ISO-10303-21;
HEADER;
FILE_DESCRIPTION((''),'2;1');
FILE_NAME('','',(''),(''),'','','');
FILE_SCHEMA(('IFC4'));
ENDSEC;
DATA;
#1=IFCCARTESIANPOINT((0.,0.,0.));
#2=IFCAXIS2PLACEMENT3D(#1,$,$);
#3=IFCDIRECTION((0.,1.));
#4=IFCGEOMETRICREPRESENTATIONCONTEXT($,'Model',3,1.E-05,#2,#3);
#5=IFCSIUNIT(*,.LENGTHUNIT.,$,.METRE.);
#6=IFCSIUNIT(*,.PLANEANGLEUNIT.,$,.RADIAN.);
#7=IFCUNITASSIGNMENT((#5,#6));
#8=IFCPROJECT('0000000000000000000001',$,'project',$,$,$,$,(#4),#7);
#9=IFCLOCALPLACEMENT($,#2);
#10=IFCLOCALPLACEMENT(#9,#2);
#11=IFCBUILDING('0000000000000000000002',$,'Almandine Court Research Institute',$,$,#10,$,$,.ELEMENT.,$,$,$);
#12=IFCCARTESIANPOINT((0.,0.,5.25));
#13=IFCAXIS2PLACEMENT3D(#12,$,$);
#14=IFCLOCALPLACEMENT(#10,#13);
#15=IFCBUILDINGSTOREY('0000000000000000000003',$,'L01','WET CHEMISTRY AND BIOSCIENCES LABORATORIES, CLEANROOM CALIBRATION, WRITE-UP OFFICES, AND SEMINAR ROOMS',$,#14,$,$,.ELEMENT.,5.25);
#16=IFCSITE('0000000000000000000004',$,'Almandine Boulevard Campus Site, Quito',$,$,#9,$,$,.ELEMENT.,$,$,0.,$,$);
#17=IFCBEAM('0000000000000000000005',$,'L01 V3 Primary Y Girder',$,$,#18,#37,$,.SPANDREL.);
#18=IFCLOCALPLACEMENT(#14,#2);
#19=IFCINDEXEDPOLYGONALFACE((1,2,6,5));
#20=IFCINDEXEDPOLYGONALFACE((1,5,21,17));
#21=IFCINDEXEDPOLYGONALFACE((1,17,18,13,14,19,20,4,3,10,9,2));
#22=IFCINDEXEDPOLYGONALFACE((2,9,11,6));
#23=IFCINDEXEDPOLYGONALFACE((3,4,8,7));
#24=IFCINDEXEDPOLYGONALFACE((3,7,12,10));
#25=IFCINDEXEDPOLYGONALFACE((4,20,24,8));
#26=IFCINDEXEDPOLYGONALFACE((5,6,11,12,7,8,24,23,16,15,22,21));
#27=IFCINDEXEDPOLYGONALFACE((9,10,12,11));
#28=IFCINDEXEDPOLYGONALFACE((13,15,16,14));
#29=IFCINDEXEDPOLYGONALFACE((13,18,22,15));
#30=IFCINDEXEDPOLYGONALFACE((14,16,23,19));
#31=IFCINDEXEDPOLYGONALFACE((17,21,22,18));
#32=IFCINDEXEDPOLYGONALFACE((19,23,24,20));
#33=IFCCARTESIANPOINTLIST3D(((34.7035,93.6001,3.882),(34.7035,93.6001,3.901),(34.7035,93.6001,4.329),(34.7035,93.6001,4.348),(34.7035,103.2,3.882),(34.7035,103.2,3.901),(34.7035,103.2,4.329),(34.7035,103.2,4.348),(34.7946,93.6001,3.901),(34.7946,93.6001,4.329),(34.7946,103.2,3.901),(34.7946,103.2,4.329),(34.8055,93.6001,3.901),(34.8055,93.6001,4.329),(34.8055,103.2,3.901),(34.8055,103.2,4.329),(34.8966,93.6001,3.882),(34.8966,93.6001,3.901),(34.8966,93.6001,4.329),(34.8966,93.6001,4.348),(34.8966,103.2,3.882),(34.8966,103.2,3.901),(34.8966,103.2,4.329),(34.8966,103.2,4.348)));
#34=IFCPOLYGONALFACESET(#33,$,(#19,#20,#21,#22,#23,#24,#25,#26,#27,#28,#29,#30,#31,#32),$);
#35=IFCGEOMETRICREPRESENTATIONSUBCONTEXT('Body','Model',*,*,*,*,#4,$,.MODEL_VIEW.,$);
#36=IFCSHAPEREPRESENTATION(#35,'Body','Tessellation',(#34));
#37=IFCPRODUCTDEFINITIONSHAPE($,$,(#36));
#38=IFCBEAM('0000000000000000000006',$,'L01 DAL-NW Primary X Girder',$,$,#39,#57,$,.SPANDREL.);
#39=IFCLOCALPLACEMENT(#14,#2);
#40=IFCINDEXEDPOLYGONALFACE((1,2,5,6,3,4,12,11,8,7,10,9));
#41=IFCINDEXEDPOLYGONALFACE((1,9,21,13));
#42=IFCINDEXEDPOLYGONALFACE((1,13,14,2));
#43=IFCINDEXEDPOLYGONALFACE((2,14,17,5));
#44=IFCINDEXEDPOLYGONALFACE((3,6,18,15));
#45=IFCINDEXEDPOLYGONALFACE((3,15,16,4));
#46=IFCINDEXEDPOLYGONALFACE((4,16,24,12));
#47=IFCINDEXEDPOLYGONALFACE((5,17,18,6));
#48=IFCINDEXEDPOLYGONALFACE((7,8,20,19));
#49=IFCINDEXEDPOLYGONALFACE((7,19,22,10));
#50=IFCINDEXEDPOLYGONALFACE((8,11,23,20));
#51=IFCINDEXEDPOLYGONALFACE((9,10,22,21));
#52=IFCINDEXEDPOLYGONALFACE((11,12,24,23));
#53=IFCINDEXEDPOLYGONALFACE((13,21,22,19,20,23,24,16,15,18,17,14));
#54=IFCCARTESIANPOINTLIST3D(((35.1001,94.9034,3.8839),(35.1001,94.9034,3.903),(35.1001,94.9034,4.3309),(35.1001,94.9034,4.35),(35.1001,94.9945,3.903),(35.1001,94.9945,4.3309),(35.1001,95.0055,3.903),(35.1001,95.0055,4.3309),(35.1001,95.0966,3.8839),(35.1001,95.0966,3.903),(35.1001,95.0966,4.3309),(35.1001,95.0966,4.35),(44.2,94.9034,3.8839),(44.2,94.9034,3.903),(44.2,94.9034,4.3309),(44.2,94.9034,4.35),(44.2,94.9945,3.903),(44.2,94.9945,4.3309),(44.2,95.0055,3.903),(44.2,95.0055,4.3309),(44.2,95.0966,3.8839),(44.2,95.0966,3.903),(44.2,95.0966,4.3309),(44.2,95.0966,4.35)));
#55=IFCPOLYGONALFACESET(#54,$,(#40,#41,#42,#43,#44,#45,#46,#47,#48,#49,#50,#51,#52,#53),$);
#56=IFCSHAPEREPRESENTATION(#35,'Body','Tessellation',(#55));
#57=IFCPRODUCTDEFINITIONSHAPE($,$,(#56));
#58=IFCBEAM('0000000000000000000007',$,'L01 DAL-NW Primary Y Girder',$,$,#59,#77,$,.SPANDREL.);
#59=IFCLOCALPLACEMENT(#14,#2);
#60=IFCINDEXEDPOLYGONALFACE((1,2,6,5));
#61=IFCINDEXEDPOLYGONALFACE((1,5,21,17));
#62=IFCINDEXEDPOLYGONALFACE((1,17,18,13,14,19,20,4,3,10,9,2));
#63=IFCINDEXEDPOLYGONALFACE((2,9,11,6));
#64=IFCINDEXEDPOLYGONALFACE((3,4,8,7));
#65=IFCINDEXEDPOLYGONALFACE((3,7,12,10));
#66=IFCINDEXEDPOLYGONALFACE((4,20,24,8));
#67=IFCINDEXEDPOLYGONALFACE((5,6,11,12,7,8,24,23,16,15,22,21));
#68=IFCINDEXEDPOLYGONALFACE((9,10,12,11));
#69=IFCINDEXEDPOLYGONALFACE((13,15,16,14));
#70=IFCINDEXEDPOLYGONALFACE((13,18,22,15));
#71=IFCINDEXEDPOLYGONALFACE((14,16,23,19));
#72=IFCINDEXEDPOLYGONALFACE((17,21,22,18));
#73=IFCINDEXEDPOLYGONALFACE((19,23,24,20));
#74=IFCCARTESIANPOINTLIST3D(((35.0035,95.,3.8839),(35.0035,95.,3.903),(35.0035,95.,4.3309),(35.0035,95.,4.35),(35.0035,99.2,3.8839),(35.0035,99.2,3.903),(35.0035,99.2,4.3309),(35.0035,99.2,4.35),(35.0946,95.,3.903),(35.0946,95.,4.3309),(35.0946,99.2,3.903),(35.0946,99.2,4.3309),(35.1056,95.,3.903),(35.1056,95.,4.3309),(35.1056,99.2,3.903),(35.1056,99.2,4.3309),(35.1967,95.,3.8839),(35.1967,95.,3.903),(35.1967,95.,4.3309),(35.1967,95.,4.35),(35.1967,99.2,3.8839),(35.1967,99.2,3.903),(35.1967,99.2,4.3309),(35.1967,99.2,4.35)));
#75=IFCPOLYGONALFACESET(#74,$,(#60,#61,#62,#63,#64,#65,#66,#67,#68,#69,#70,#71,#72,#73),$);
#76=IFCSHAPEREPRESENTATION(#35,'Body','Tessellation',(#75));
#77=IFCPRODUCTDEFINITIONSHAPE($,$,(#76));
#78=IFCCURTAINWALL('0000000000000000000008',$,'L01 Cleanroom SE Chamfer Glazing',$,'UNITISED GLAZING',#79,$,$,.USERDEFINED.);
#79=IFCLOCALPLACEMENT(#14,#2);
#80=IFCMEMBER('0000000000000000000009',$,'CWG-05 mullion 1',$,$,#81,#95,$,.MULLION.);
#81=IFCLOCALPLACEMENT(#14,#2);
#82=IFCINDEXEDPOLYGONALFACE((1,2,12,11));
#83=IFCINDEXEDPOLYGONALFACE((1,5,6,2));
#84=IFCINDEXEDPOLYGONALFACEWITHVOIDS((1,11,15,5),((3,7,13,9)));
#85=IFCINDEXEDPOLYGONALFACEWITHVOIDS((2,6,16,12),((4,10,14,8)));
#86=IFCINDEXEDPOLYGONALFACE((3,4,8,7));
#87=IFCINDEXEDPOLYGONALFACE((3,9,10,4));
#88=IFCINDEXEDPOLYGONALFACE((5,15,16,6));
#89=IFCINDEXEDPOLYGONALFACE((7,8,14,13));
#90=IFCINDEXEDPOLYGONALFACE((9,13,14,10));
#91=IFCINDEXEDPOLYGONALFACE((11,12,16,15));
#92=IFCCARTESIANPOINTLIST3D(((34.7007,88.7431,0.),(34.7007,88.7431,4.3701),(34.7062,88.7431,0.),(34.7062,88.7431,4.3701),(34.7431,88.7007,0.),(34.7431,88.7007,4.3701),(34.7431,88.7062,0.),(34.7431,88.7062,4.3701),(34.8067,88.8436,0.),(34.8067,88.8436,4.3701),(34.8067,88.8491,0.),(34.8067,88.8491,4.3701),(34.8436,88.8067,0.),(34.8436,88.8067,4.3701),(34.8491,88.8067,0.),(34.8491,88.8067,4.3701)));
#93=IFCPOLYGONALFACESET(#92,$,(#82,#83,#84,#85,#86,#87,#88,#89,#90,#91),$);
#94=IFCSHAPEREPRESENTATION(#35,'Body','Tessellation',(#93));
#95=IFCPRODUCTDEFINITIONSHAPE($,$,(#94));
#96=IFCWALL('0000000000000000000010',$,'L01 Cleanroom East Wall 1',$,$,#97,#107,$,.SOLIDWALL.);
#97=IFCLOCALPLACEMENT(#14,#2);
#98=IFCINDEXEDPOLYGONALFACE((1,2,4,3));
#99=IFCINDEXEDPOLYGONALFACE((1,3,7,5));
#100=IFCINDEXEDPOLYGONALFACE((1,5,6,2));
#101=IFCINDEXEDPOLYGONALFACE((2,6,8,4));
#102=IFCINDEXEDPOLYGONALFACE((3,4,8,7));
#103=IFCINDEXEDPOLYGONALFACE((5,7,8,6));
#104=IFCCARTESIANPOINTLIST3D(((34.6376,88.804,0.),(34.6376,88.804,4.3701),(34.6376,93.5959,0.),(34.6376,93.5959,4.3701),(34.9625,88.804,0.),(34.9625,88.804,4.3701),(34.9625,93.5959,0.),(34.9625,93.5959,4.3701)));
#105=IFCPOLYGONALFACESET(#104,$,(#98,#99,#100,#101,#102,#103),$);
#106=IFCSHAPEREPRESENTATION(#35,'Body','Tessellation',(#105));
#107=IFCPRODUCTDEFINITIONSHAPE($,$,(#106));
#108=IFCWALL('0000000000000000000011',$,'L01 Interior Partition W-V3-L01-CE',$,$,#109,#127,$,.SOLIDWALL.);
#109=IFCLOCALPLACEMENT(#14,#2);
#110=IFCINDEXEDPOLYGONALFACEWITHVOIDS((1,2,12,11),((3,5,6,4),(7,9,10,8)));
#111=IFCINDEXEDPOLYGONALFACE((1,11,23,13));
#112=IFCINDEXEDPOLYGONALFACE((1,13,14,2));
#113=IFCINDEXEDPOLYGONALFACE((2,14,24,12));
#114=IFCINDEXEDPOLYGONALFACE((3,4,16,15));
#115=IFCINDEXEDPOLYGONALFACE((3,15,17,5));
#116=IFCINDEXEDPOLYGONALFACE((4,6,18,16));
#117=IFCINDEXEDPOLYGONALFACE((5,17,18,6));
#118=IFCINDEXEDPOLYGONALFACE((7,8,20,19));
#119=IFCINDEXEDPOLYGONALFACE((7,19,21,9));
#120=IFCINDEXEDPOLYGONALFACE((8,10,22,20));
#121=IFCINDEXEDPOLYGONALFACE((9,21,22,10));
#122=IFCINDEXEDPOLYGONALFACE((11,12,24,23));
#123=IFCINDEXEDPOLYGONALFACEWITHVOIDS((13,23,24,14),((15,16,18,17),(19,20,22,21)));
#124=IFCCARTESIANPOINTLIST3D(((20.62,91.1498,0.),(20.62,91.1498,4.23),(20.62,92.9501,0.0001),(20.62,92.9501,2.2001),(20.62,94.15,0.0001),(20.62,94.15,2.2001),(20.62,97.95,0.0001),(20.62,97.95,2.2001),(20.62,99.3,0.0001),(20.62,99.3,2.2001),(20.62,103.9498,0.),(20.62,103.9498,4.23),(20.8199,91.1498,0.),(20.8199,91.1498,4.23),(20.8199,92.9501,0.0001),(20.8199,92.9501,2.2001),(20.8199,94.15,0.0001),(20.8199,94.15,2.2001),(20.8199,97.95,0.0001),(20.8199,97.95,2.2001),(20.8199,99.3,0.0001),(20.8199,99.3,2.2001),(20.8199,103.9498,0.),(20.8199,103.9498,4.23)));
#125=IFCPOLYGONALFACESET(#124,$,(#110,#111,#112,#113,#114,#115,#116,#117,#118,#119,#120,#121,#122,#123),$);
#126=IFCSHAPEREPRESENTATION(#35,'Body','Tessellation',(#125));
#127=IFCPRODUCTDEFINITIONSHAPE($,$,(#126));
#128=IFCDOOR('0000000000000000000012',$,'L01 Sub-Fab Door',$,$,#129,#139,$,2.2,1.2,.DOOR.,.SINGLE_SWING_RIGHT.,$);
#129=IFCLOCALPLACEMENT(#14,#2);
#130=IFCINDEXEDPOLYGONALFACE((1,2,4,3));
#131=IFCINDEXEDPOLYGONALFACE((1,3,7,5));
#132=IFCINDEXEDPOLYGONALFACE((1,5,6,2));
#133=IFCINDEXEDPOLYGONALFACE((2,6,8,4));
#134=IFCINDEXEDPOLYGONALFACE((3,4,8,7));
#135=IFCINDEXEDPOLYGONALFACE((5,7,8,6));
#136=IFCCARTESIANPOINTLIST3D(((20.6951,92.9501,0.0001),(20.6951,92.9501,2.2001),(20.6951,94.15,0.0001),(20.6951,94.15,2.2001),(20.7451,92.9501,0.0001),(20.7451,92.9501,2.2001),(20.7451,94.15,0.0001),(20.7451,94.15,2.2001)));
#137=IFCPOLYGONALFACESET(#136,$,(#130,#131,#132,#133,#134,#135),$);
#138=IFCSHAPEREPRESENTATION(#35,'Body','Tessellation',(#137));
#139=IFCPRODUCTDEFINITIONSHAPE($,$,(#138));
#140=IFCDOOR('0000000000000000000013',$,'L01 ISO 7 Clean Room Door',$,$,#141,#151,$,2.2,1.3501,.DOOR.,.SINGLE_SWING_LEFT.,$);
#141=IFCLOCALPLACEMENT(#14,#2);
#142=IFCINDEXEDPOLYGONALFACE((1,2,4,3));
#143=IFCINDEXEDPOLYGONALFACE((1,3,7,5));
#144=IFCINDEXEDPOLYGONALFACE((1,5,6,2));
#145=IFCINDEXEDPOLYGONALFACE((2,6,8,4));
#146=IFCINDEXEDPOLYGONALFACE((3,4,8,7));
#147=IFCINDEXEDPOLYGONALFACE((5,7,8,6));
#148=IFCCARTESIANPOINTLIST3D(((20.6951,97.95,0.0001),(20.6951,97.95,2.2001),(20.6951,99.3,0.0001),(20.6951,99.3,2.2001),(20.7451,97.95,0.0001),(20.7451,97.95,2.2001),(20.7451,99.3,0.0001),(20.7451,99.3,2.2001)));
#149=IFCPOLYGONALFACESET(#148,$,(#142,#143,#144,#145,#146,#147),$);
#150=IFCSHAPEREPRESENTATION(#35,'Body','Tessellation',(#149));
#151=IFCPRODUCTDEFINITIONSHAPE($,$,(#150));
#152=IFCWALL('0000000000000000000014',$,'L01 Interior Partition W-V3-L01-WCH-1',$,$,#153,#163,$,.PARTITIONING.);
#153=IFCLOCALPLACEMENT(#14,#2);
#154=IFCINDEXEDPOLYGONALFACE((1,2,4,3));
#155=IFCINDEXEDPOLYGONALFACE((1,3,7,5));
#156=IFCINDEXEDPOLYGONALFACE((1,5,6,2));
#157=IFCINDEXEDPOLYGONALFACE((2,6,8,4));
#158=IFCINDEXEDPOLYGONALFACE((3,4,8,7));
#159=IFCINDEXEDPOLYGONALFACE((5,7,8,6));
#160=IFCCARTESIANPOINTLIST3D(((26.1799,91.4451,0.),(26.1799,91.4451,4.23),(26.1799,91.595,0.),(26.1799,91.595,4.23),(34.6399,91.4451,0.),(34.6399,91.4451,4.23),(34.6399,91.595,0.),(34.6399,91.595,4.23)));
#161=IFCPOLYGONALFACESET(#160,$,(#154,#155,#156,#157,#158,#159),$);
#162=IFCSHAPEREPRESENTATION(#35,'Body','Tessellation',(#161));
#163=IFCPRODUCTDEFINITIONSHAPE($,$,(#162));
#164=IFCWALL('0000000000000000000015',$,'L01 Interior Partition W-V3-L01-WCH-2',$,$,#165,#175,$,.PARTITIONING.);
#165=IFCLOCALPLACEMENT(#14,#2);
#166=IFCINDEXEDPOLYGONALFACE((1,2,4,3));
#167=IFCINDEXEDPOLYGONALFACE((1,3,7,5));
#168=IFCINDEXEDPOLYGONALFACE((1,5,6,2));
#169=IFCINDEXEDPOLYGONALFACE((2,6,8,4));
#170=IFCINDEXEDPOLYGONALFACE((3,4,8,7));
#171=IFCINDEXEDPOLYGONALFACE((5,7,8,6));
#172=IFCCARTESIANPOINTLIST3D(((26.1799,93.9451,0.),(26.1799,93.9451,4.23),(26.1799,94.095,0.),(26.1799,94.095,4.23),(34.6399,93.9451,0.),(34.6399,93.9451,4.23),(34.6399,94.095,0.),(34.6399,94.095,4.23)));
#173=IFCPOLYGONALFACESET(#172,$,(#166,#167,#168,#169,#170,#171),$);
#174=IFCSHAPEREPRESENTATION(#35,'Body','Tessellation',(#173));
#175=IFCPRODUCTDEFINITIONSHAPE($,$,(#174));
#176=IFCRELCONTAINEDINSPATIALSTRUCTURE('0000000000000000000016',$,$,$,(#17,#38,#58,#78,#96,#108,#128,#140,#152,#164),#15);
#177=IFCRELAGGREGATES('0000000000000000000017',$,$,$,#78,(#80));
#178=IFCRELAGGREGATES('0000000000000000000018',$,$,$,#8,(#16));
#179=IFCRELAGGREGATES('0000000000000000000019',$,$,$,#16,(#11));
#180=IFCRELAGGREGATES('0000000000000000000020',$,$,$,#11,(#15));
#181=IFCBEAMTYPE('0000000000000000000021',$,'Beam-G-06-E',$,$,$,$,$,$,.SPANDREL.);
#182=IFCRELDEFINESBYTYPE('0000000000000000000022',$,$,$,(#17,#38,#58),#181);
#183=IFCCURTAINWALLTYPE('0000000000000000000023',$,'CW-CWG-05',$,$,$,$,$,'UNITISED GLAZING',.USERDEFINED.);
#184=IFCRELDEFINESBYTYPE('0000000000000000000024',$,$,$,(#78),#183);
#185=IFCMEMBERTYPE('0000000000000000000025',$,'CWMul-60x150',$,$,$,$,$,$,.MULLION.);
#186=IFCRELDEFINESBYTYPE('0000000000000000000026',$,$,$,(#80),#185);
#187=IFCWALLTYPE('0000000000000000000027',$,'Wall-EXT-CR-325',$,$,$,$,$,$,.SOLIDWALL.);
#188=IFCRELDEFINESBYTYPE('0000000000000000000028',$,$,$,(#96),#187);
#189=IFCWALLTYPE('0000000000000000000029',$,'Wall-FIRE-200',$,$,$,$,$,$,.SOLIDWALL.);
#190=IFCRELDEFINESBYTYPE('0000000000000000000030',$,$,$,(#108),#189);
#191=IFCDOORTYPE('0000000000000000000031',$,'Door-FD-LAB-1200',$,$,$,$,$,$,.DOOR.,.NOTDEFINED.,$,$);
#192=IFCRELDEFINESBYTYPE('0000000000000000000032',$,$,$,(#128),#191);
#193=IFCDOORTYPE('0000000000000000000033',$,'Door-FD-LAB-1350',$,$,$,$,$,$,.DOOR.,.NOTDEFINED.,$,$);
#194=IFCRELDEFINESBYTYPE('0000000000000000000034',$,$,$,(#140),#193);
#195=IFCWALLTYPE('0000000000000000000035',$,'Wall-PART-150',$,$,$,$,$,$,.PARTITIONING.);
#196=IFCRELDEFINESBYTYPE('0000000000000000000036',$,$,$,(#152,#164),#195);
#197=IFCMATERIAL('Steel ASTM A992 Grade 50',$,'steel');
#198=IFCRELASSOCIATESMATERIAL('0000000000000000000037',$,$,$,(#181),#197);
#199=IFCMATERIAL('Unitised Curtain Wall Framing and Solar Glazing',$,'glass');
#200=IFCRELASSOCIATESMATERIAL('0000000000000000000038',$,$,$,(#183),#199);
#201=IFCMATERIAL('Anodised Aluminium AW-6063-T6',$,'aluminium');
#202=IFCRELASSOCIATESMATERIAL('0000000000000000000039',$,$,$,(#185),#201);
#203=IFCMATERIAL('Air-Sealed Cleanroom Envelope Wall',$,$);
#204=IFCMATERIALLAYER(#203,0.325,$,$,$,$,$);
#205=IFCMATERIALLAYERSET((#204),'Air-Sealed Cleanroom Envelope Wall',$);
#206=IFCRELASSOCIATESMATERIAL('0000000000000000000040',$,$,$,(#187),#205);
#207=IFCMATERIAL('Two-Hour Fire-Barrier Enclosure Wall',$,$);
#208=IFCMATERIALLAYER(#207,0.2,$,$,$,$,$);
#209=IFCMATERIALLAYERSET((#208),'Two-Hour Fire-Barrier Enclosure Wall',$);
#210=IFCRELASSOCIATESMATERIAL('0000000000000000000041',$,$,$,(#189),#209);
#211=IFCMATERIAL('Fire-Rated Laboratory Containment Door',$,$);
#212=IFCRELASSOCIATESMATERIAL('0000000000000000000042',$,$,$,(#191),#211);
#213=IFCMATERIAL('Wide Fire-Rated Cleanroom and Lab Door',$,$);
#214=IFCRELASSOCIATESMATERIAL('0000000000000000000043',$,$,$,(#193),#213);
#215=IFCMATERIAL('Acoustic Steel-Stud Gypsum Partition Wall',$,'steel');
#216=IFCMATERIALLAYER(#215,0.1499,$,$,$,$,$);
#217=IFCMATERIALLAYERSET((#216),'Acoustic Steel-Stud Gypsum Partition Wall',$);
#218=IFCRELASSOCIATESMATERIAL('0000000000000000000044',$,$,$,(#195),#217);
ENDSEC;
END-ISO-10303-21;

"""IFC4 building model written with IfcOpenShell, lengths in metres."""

from ifc_helpers import new_model, si_unit, direction, frame, frame_2d, origin, origin_2d, place, context, subcontext, project, spatial, rectangle, hollow_rectangle, i_section, extrude, material, layer, layer_set, material_profile, profile_set, type_object, element, fill, aggregate, save


model = new_model("IFC4")

# Units and contexts
model_context = context("Model", 3, precision=1e-05, world=origin(), true_north=direction((0.0, 1.0)))
body_context = subcontext(model_context, "Body", "Model", "MODEL_VIEW")
ifc_project = project(units=[si_unit("LENGTHUNIT", "METRE"), si_unit("PLANEANGLEUNIT", "RADIAN")], contexts=[model_context])

# Site, building, storey
site_placement = place(None, origin())
site = spatial("IfcSite", under=ifc_project, at=site_placement, Name="Almandine Boulevard Campus Site, Quito", CompositionType="ELEMENT", RefElevation=0.0)
building_placement = place(site_placement, origin())
building = spatial("IfcBuilding", under=site, at=building_placement, Name="Almandine Court Research Institute", CompositionType="ELEMENT")
storey_placement = place(building_placement, frame((0.0, 0.0, 5.25)))
storey = spatial("IfcBuildingStorey", under=building, at=storey_placement, Name="L01", Description="WET CHEMISTRY AND BIOSCIENCES LABORATORIES, CLEANROOM CALIBRATION, WRITE-UP OFFICES, AND SEMINAR ROOMS", CompositionType="ELEMENT", Elevation=5.25)

# Shared definitions
ifc_material_1 = material(Name="Steel ASTM A992 Grade 50", Category="steel")

# Beams
ifc_material_profile_1 = material_profile(ifc_material_1, i_section(OverallWidth=0.1931, OverallDepth=0.4661, WebThickness=0.011, FlangeThickness=0.019, at=origin_2d()), Name="W460x97")
ifc_profile_set_1 = profile_set([ifc_material_profile_1], Name="Steel ASTM A992 Grade 50")
beam_type_1 = type_object("IfcBeamType", Name="Beam-G-06-E", PredefinedType="SPANDREL", material=ifc_profile_set_1)
beam_1_placement = place(storey_placement, frame((34.8, 93.6001, 4.115), z_axis=(0.0, 1.0, 0.0), x_axis=(-1.0, 0.0, 0.0)))
element("IfcBeam", 1, at=beam_1_placement, inside=storey, type_object=beam_type_1, Name="L01 V3 Primary Y Girder", PredefinedType="SPANDREL", context=body_context, shape_type="SweptSolid", body=[
    extrude(i_section(OverallWidth=0.1931, OverallDepth=0.4661, WebThickness=0.011, FlangeThickness=0.019, at=origin_2d()), origin(), (0.0, 0.0, 1.0), 9.5999),
])
beam_2_placement = place(storey_placement, frame((35.1001, 95.0, 4.1169), z_axis=(1.0, 0.0, 0.0), x_axis=(0.0, 1.0, 0.0)))
element("IfcBeam", 2, at=beam_2_placement, inside=storey, type_object=beam_type_1, Name="L01 DAL-NW Primary X Girder", PredefinedType="SPANDREL", context=body_context, shape_type="SweptSolid", body=[
    extrude(i_section(OverallWidth=0.1931, OverallDepth=0.4661, WebThickness=0.011, FlangeThickness=0.019, at=origin_2d()), origin(), (0.0, 0.0, 1.0), 9.0999),
])
beam_3_placement = place(storey_placement, frame((35.1001, 95.0, 4.1169), z_axis=(0.0, 1.0, 0.0), x_axis=(-1.0, 0.0, 0.0)))
element("IfcBeam", 3, at=beam_3_placement, inside=storey, type_object=beam_type_1, Name="L01 DAL-NW Primary Y Girder", PredefinedType="SPANDREL", context=body_context, shape_type="SweptSolid", body=[
    extrude(i_section(OverallWidth=0.1931, OverallDepth=0.4661, WebThickness=0.011, FlangeThickness=0.019, at=origin_2d()), origin(), (0.0, 0.0, 1.0), 4.2),
])

# Curtain wall, member
ifc_material_2 = material(Name="Unitised Curtain Wall Framing and Solar Glazing", Category="glass")
curtain_wall_type = type_object("IfcCurtainWallType", Name="CW-CWG-05", ElementType="UNITISED GLAZING", PredefinedType="USERDEFINED", material=ifc_material_2)
curtain_wall_placement = place(storey_placement, origin())
curtain_wall = element("IfcCurtainWall", 4, at=curtain_wall_placement, inside=storey, type_object=curtain_wall_type, Name="L01 Cleanroom SE Chamfer Glazing", ObjectType="UNITISED GLAZING", PredefinedType="USERDEFINED")
ifc_material_3 = material(Name="Anodised Aluminium AW-6063-T6", Category="aluminium")
ifc_material_profile_2 = material_profile(ifc_material_3, hollow_rectangle(XDim=0.0601, YDim=0.1499, WallThickness=0.0039, at=origin_2d()), Name="ALU RHS 60x150x4")
ifc_profile_set_2 = profile_set([ifc_material_profile_2], Name="Anodised Aluminium AW-6063-T6")
member_type = type_object("IfcMemberType", Name="CWMul-60x150", PredefinedType="MULLION", material=ifc_profile_set_2)
member_placement = place(storey_placement, frame((34.7749, 88.7749, 0.0), z_axis=(0.0, 0.0, 1.0), x_axis=(0.707107, -0.707107, 0.0)))
member = element("IfcMember", 5, at=member_placement, type_object=member_type, Name="CWG-05 mullion 1", PredefinedType="MULLION", context=body_context, shape_type="SweptSolid", body=[
    extrude(hollow_rectangle(XDim=0.0601, YDim=0.1499, WallThickness=0.0039, at=origin_2d()), origin(), (0.0, 0.0, 1.0), 4.3701),
])
aggregate(curtain_wall, [member])

# Wall
ifc_material_4 = material(Name="Air-Sealed Cleanroom Envelope Wall")
ifc_layer_1 = layer(ifc_material_4, 0.325)
ifc_layer_set_1 = layer_set([ifc_layer_1], Name="Air-Sealed Cleanroom Envelope Wall")
wall_type_1 = type_object("IfcWallType", Name="Wall-EXT-CR-325", PredefinedType="SOLIDWALL", material=ifc_layer_set_1)
wall_1_placement = place(storey_placement, frame((34.8, 93.5959, 0.0), z_axis=(0.0, 0.0, 1.0), x_axis=(0.0, -1.0, 0.0)))
element("IfcWall", 6, at=wall_1_placement, inside=storey, type_object=wall_type_1, Name="L01 Cleanroom East Wall 1", PredefinedType="SOLIDWALL", context=body_context, shape_type="SweptSolid", body=[
    extrude(rectangle(XDim=4.792, YDim=0.325, at=frame_2d((2.396, 0.0))), origin(), (0.0, 0.0, 1.0), 4.3701),
])

# Wall, openings, doors
ifc_material_5 = material(Name="Two-Hour Fire-Barrier Enclosure Wall")
ifc_layer_2 = layer(ifc_material_5, 0.2)
ifc_layer_set_2 = layer_set([ifc_layer_2], Name="Two-Hour Fire-Barrier Enclosure Wall")
wall_type_2 = type_object("IfcWallType", Name="Wall-FIRE-200", PredefinedType="SOLIDWALL", material=ifc_layer_set_2)
wall_2_placement = place(storey_placement, frame((20.72, 91.1499, 0.0), z_axis=(0.0, 0.0, 1.0), x_axis=(0.0, 1.0, 0.0)))
wall_2 = element("IfcWall", 7, at=wall_2_placement, inside=storey, type_object=wall_type_2, Name="L01 Interior Partition W-V3-L01-CE", PredefinedType="SOLIDWALL", context=body_context, shape_type="SweptSolid", body=[
    extrude(rectangle(XDim=12.8, YDim=0.2, at=frame_2d((6.3999, 0.0))), origin(), (0.0, 0.0, 1.0), 4.23),
])
opening_1_placement = place(wall_2_placement, frame((1.8, 0.0, 0.0)))
opening_1 = element("IfcOpeningElement", 8, at=opening_1_placement, cuts=wall_2, PredefinedType="OPENING", context=body_context, shape_type="SweptSolid", body=[
    extrude(rectangle(XDim=1.2, YDim=2.2, at=frame_2d((0.6001, 1.1001))), frame((0.0, 0.1099, 0.0), z_axis=(0.0, -1.0, 0.0), x_axis=(1.0, 0.0, 0.0)), (0.0, 0.0, 1.0), 0.22),
])
opening_2_placement = place(wall_2_placement, frame((6.8, 0.0, 0.0)))
opening_2 = element("IfcOpeningElement", 9, at=opening_2_placement, cuts=wall_2, PredefinedType="OPENING", context=body_context, shape_type="SweptSolid", body=[
    extrude(rectangle(XDim=1.3501, YDim=2.2, at=frame_2d((0.675, 1.1001))), frame((0.0, 0.1099, 0.0), z_axis=(0.0, -1.0, 0.0), x_axis=(1.0, 0.0, 0.0)), (0.0, 0.0, 1.0), 0.22),
])
ifc_material_6 = material(Name="Fire-Rated Laboratory Containment Door")
door_type_1 = type_object("IfcDoorType", Name="Door-FD-LAB-1200", OperationType="NOTDEFINED", PredefinedType="DOOR", material=ifc_material_6)
door_1_placement = place(opening_1_placement, origin())
door_1 = element("IfcDoor", 10, at=door_1_placement, inside=storey, type_object=door_type_1, Name="L01 Sub-Fab Door", OperationType="SINGLE_SWING_RIGHT", OverallHeight=2.2, OverallWidth=1.2, PredefinedType="DOOR", context=body_context, shape_type="SweptSolid", body=[
    extrude(rectangle(XDim=1.2, YDim=2.2, at=frame_2d((0.6001, 1.1001))), frame((0.0, 0.0249, 0.0), z_axis=(0.0, -1.0, 0.0), x_axis=(1.0, 0.0, 0.0)), (0.0, 0.0, 1.0), 0.05),
])
fill(opening_1, door_1)
ifc_material_7 = material(Name="Wide Fire-Rated Cleanroom and Lab Door")
door_type_2 = type_object("IfcDoorType", Name="Door-FD-LAB-1350", OperationType="NOTDEFINED", PredefinedType="DOOR", material=ifc_material_7)
door_2_placement = place(opening_2_placement, origin())
door_2 = element("IfcDoor", 11, at=door_2_placement, inside=storey, type_object=door_type_2, Name="L01 ISO 7 Clean Room Door", OperationType="SINGLE_SWING_LEFT", OverallHeight=2.2, OverallWidth=1.3501, PredefinedType="DOOR", context=body_context, shape_type="SweptSolid", body=[
    extrude(rectangle(XDim=1.3501, YDim=2.2, at=frame_2d((0.675, 1.1001))), frame((0.0, 0.0249, 0.0), z_axis=(0.0, -1.0, 0.0), x_axis=(1.0, 0.0, 0.0)), (0.0, 0.0, 1.0), 0.05),
])
fill(opening_2, door_2)

# Walls
ifc_material_8 = material(Name="Acoustic Steel-Stud Gypsum Partition Wall", Category="steel")
ifc_layer_3 = layer(ifc_material_8, 0.1499)
ifc_layer_set_3 = layer_set([ifc_layer_3], Name="Acoustic Steel-Stud Gypsum Partition Wall")
wall_type_3 = type_object("IfcWallType", Name="Wall-PART-150", PredefinedType="PARTITIONING", material=ifc_layer_set_3)
for number, where, z_axis, x_axis, name in (
    (12, (26.1799, 91.52, 0.0), (0.0, 0.0, 1.0), (1.0, 0.0, 0.0), "L01 Interior Partition W-V3-L01-WCH-1"),
    (13, (26.1799, 94.02, 0.0), (0.0, 0.0, 1.0), (1.0, 0.0, 0.0), "L01 Interior Partition W-V3-L01-WCH-2"),
):
    element("IfcWall", number, at=place(storey_placement, frame(where, z_axis=z_axis, x_axis=x_axis)), inside=storey, type_object=wall_type_3, Name=name, PredefinedType="PARTITIONING", context=body_context, shape_type="SweptSolid", body=[
        extrude(rectangle(XDim=8.46, YDim=0.1499, at=frame_2d((4.23, 0.0))), origin(), (0.0, 0.0, 1.0), 4.23),
    ])

save(model, "model.ifc")
